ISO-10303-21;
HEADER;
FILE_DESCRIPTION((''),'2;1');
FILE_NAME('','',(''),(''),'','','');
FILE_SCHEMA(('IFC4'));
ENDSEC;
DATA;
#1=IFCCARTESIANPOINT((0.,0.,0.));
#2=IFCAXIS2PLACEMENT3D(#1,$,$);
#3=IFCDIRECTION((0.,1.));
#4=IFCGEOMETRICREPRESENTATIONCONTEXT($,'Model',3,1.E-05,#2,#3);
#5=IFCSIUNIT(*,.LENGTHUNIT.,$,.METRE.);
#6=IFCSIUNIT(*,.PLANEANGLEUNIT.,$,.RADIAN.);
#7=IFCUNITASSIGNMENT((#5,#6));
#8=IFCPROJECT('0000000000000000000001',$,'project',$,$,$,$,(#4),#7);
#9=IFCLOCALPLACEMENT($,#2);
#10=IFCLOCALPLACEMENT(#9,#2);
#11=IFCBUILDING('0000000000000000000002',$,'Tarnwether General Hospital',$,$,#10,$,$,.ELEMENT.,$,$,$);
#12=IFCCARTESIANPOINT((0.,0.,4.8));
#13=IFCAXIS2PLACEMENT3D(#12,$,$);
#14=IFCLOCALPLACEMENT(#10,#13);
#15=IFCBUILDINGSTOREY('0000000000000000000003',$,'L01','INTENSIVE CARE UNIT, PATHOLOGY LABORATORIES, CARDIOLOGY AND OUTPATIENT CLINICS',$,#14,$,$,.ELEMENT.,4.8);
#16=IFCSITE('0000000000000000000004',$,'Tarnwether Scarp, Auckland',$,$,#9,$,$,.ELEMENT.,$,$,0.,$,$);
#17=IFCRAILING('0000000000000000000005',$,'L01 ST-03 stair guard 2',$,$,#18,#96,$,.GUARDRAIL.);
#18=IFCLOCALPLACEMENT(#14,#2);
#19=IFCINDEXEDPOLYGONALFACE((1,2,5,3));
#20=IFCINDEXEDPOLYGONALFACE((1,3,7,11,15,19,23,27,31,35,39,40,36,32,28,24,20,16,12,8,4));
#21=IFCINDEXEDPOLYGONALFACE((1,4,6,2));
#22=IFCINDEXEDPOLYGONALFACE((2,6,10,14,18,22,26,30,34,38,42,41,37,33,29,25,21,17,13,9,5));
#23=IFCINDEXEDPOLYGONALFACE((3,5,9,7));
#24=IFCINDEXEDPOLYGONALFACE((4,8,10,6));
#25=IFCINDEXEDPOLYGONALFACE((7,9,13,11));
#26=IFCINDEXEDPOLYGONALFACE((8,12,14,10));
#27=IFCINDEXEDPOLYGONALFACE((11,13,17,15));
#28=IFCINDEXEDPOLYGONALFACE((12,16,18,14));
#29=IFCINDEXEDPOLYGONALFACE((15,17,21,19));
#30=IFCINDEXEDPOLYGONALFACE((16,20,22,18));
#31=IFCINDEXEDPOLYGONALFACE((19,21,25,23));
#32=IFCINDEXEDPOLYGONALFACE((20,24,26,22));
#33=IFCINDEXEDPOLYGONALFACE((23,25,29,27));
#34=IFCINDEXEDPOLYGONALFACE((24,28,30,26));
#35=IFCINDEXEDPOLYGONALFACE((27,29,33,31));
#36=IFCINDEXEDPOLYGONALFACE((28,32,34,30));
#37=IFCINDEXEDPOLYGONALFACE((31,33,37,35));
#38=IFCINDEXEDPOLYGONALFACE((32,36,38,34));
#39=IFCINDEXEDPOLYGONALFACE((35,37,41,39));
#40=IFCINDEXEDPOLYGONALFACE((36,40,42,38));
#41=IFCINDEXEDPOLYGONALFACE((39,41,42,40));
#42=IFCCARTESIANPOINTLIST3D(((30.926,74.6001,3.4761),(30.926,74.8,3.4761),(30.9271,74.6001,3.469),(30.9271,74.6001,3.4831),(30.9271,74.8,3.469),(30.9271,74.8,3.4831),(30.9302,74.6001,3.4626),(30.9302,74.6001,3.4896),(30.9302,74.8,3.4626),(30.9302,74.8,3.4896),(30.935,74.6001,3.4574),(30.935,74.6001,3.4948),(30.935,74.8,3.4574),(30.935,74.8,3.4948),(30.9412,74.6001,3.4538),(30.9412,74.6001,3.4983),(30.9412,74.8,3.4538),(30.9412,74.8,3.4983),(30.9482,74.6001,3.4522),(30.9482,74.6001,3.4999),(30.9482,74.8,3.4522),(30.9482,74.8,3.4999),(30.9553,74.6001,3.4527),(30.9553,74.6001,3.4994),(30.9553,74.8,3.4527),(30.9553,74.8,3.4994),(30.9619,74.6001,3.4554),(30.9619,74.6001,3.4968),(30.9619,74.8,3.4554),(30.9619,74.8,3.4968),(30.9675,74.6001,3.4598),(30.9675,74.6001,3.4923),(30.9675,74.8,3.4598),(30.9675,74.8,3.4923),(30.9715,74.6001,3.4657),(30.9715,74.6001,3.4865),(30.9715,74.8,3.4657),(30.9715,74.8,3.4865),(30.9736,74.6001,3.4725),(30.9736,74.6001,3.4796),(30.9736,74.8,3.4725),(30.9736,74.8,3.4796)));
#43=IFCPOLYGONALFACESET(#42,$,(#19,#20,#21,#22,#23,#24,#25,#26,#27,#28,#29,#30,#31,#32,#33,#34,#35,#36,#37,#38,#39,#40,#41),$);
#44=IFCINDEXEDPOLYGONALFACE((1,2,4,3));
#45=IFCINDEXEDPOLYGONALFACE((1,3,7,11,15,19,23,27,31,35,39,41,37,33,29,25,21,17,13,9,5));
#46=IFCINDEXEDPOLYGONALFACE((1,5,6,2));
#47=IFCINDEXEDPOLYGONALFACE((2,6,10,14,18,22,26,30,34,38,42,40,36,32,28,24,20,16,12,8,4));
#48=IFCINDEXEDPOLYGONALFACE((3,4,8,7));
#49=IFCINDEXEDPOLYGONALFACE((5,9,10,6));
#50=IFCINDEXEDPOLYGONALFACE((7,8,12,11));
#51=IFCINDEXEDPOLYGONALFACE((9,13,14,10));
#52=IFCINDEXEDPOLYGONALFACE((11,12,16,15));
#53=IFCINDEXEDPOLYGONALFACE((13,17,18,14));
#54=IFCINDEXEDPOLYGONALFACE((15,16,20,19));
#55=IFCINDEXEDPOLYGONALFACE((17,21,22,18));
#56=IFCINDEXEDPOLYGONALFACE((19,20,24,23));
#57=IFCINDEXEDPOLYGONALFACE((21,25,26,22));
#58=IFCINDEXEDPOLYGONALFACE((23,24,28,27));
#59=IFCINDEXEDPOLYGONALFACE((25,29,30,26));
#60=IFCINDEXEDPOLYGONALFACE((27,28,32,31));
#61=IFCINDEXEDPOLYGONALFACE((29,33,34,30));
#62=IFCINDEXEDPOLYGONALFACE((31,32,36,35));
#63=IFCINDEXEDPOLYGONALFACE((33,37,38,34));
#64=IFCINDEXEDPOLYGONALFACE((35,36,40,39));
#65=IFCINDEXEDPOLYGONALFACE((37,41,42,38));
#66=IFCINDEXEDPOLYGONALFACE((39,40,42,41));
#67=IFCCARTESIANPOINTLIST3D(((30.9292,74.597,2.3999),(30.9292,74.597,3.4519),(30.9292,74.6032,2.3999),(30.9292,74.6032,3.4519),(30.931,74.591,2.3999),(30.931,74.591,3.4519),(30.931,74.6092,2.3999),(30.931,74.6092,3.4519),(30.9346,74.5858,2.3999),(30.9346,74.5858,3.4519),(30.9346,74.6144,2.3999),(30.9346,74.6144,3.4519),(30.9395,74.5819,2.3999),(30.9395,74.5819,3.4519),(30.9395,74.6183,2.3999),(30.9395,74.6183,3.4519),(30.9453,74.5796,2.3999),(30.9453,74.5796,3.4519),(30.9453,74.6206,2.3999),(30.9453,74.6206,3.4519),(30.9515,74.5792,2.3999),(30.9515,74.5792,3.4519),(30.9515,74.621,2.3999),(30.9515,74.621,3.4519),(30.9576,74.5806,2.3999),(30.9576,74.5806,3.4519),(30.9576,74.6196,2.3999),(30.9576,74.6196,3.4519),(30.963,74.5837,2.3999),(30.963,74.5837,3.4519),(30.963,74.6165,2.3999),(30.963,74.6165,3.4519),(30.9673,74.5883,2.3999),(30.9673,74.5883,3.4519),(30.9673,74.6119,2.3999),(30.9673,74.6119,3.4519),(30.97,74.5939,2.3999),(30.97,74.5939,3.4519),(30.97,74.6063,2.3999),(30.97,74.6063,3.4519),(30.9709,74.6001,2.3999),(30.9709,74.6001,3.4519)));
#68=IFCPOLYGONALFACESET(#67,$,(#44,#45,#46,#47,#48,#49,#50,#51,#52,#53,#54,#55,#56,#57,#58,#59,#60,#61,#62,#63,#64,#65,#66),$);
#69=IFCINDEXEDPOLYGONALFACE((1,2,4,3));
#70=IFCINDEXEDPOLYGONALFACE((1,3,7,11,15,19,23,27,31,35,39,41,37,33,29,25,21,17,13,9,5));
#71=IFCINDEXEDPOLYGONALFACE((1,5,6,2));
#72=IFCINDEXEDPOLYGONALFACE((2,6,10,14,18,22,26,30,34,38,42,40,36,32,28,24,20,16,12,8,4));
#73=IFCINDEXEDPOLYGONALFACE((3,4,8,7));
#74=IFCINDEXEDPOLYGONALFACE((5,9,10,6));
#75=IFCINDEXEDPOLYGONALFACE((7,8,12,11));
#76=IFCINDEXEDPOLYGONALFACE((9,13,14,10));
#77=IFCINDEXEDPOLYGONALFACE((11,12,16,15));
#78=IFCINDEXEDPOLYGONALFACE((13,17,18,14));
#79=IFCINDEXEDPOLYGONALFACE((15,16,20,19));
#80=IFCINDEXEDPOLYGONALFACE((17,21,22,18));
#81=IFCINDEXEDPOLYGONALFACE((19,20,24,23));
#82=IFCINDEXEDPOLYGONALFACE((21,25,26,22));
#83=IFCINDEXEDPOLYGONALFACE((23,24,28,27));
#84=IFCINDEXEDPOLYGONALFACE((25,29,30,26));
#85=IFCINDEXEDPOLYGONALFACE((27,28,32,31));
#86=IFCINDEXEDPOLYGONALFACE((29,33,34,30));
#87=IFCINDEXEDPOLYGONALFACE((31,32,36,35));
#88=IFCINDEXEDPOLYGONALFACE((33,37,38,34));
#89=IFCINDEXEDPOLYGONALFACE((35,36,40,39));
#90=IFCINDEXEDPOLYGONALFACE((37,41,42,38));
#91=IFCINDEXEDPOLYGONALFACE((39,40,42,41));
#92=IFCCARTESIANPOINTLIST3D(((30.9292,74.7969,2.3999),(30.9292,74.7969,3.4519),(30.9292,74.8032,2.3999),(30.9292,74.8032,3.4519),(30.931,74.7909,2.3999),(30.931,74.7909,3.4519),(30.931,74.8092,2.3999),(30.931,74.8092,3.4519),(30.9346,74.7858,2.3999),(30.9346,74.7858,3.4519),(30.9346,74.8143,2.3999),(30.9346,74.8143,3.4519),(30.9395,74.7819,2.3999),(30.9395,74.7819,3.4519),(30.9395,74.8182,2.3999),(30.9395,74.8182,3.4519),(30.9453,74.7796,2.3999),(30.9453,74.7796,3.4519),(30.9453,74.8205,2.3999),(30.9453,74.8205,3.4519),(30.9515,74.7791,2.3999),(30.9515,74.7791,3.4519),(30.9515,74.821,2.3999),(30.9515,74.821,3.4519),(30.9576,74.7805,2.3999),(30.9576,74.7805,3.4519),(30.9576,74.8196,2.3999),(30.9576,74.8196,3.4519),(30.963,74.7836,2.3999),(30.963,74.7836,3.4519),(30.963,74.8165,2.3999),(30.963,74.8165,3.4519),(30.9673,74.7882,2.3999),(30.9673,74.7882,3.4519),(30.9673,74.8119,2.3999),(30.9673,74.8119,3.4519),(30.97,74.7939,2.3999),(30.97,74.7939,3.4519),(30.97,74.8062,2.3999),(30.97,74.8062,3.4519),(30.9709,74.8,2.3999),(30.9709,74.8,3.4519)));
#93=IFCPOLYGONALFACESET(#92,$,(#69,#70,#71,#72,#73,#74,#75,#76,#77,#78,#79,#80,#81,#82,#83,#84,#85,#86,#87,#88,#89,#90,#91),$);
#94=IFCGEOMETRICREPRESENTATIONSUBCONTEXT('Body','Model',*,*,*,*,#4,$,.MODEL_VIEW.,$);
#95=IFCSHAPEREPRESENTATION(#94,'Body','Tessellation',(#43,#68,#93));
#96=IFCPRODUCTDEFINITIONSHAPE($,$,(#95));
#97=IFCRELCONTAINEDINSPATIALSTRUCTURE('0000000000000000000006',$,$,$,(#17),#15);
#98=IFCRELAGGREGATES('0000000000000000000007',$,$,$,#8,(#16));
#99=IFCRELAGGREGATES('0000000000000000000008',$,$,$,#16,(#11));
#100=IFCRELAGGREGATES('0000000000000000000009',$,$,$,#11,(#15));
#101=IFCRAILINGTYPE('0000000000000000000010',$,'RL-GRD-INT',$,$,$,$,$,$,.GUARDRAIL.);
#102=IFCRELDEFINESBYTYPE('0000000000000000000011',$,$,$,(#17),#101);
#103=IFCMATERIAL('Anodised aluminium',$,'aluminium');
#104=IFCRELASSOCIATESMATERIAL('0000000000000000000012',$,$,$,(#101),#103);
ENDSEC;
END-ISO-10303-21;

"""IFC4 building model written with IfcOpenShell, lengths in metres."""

from ifc_helpers import new_model, si_unit, direction, frame, origin, origin_2d, place, context, subcontext, project, spatial, circle, extrude, material, type_object, element, save


model = new_model("IFC4")

# Units and contexts
model_context = context("Model", 3, precision=1e-05, world=origin(), true_north=direction((0.0, 1.0)))
body_context = subcontext(model_context, "Body", "Model", "MODEL_VIEW")
ifc_project = project(units=[si_unit("LENGTHUNIT", "METRE"), si_unit("PLANEANGLEUNIT", "RADIAN")], contexts=[model_context])

# Site, building, storey
site_placement = place(None, origin())
site = spatial("IfcSite", under=ifc_project, at=site_placement, Name="Tarnwether Scarp, Auckland", CompositionType="ELEMENT", RefElevation=0.0)
building_placement = place(site_placement, origin())
building = spatial("IfcBuilding", under=site, at=building_placement, Name="Tarnwether General Hospital", CompositionType="ELEMENT")
storey_placement = place(building_placement, frame((0.0, 0.0, 4.8)))
storey = spatial("IfcBuildingStorey", under=building, at=storey_placement, Name="L01", Description="INTENSIVE CARE UNIT, PATHOLOGY LABORATORIES, CARDIOLOGY AND OUTPATIENT CLINICS", CompositionType="ELEMENT", Elevation=4.8)

# Railing
ifc_material_1 = material(Name="Anodised aluminium", Category="aluminium")
railing_type_1 = type_object("IfcRailingType", Name="RL-GRD-INT", PredefinedType="GUARDRAIL", material=ifc_material_1)
railing_1_placement = place(storey_placement, frame((30.95, 74.6001, 2.3999)))
element("IfcRailing", 1, at=railing_1_placement, inside=storey, type_object=railing_type_1, Name="L01 ST-03 stair guard 2", PredefinedType="GUARDRAIL", context=body_context, shape_type="SweptSolid", body=[
    extrude(circle(Radius=0.0239, at=origin_2d()), frame((0.0, 0.0, 1.0762), z_axis=(0.0, 1.0, 0.0), x_axis=(-1.0, 0.0, 0.0)), (0.0, 0.0, 1.0), 0.2),
    extrude(circle(Radius=0.021, at=origin_2d()), origin(), (0.0, 0.0, 1.0), 1.052),
    extrude(circle(Radius=0.021, at=origin_2d()), frame((0.0, 0.2, 0.0)), (0.0, 0.0, 1.0), 1.052),
])

save(model, "model.ifc")
